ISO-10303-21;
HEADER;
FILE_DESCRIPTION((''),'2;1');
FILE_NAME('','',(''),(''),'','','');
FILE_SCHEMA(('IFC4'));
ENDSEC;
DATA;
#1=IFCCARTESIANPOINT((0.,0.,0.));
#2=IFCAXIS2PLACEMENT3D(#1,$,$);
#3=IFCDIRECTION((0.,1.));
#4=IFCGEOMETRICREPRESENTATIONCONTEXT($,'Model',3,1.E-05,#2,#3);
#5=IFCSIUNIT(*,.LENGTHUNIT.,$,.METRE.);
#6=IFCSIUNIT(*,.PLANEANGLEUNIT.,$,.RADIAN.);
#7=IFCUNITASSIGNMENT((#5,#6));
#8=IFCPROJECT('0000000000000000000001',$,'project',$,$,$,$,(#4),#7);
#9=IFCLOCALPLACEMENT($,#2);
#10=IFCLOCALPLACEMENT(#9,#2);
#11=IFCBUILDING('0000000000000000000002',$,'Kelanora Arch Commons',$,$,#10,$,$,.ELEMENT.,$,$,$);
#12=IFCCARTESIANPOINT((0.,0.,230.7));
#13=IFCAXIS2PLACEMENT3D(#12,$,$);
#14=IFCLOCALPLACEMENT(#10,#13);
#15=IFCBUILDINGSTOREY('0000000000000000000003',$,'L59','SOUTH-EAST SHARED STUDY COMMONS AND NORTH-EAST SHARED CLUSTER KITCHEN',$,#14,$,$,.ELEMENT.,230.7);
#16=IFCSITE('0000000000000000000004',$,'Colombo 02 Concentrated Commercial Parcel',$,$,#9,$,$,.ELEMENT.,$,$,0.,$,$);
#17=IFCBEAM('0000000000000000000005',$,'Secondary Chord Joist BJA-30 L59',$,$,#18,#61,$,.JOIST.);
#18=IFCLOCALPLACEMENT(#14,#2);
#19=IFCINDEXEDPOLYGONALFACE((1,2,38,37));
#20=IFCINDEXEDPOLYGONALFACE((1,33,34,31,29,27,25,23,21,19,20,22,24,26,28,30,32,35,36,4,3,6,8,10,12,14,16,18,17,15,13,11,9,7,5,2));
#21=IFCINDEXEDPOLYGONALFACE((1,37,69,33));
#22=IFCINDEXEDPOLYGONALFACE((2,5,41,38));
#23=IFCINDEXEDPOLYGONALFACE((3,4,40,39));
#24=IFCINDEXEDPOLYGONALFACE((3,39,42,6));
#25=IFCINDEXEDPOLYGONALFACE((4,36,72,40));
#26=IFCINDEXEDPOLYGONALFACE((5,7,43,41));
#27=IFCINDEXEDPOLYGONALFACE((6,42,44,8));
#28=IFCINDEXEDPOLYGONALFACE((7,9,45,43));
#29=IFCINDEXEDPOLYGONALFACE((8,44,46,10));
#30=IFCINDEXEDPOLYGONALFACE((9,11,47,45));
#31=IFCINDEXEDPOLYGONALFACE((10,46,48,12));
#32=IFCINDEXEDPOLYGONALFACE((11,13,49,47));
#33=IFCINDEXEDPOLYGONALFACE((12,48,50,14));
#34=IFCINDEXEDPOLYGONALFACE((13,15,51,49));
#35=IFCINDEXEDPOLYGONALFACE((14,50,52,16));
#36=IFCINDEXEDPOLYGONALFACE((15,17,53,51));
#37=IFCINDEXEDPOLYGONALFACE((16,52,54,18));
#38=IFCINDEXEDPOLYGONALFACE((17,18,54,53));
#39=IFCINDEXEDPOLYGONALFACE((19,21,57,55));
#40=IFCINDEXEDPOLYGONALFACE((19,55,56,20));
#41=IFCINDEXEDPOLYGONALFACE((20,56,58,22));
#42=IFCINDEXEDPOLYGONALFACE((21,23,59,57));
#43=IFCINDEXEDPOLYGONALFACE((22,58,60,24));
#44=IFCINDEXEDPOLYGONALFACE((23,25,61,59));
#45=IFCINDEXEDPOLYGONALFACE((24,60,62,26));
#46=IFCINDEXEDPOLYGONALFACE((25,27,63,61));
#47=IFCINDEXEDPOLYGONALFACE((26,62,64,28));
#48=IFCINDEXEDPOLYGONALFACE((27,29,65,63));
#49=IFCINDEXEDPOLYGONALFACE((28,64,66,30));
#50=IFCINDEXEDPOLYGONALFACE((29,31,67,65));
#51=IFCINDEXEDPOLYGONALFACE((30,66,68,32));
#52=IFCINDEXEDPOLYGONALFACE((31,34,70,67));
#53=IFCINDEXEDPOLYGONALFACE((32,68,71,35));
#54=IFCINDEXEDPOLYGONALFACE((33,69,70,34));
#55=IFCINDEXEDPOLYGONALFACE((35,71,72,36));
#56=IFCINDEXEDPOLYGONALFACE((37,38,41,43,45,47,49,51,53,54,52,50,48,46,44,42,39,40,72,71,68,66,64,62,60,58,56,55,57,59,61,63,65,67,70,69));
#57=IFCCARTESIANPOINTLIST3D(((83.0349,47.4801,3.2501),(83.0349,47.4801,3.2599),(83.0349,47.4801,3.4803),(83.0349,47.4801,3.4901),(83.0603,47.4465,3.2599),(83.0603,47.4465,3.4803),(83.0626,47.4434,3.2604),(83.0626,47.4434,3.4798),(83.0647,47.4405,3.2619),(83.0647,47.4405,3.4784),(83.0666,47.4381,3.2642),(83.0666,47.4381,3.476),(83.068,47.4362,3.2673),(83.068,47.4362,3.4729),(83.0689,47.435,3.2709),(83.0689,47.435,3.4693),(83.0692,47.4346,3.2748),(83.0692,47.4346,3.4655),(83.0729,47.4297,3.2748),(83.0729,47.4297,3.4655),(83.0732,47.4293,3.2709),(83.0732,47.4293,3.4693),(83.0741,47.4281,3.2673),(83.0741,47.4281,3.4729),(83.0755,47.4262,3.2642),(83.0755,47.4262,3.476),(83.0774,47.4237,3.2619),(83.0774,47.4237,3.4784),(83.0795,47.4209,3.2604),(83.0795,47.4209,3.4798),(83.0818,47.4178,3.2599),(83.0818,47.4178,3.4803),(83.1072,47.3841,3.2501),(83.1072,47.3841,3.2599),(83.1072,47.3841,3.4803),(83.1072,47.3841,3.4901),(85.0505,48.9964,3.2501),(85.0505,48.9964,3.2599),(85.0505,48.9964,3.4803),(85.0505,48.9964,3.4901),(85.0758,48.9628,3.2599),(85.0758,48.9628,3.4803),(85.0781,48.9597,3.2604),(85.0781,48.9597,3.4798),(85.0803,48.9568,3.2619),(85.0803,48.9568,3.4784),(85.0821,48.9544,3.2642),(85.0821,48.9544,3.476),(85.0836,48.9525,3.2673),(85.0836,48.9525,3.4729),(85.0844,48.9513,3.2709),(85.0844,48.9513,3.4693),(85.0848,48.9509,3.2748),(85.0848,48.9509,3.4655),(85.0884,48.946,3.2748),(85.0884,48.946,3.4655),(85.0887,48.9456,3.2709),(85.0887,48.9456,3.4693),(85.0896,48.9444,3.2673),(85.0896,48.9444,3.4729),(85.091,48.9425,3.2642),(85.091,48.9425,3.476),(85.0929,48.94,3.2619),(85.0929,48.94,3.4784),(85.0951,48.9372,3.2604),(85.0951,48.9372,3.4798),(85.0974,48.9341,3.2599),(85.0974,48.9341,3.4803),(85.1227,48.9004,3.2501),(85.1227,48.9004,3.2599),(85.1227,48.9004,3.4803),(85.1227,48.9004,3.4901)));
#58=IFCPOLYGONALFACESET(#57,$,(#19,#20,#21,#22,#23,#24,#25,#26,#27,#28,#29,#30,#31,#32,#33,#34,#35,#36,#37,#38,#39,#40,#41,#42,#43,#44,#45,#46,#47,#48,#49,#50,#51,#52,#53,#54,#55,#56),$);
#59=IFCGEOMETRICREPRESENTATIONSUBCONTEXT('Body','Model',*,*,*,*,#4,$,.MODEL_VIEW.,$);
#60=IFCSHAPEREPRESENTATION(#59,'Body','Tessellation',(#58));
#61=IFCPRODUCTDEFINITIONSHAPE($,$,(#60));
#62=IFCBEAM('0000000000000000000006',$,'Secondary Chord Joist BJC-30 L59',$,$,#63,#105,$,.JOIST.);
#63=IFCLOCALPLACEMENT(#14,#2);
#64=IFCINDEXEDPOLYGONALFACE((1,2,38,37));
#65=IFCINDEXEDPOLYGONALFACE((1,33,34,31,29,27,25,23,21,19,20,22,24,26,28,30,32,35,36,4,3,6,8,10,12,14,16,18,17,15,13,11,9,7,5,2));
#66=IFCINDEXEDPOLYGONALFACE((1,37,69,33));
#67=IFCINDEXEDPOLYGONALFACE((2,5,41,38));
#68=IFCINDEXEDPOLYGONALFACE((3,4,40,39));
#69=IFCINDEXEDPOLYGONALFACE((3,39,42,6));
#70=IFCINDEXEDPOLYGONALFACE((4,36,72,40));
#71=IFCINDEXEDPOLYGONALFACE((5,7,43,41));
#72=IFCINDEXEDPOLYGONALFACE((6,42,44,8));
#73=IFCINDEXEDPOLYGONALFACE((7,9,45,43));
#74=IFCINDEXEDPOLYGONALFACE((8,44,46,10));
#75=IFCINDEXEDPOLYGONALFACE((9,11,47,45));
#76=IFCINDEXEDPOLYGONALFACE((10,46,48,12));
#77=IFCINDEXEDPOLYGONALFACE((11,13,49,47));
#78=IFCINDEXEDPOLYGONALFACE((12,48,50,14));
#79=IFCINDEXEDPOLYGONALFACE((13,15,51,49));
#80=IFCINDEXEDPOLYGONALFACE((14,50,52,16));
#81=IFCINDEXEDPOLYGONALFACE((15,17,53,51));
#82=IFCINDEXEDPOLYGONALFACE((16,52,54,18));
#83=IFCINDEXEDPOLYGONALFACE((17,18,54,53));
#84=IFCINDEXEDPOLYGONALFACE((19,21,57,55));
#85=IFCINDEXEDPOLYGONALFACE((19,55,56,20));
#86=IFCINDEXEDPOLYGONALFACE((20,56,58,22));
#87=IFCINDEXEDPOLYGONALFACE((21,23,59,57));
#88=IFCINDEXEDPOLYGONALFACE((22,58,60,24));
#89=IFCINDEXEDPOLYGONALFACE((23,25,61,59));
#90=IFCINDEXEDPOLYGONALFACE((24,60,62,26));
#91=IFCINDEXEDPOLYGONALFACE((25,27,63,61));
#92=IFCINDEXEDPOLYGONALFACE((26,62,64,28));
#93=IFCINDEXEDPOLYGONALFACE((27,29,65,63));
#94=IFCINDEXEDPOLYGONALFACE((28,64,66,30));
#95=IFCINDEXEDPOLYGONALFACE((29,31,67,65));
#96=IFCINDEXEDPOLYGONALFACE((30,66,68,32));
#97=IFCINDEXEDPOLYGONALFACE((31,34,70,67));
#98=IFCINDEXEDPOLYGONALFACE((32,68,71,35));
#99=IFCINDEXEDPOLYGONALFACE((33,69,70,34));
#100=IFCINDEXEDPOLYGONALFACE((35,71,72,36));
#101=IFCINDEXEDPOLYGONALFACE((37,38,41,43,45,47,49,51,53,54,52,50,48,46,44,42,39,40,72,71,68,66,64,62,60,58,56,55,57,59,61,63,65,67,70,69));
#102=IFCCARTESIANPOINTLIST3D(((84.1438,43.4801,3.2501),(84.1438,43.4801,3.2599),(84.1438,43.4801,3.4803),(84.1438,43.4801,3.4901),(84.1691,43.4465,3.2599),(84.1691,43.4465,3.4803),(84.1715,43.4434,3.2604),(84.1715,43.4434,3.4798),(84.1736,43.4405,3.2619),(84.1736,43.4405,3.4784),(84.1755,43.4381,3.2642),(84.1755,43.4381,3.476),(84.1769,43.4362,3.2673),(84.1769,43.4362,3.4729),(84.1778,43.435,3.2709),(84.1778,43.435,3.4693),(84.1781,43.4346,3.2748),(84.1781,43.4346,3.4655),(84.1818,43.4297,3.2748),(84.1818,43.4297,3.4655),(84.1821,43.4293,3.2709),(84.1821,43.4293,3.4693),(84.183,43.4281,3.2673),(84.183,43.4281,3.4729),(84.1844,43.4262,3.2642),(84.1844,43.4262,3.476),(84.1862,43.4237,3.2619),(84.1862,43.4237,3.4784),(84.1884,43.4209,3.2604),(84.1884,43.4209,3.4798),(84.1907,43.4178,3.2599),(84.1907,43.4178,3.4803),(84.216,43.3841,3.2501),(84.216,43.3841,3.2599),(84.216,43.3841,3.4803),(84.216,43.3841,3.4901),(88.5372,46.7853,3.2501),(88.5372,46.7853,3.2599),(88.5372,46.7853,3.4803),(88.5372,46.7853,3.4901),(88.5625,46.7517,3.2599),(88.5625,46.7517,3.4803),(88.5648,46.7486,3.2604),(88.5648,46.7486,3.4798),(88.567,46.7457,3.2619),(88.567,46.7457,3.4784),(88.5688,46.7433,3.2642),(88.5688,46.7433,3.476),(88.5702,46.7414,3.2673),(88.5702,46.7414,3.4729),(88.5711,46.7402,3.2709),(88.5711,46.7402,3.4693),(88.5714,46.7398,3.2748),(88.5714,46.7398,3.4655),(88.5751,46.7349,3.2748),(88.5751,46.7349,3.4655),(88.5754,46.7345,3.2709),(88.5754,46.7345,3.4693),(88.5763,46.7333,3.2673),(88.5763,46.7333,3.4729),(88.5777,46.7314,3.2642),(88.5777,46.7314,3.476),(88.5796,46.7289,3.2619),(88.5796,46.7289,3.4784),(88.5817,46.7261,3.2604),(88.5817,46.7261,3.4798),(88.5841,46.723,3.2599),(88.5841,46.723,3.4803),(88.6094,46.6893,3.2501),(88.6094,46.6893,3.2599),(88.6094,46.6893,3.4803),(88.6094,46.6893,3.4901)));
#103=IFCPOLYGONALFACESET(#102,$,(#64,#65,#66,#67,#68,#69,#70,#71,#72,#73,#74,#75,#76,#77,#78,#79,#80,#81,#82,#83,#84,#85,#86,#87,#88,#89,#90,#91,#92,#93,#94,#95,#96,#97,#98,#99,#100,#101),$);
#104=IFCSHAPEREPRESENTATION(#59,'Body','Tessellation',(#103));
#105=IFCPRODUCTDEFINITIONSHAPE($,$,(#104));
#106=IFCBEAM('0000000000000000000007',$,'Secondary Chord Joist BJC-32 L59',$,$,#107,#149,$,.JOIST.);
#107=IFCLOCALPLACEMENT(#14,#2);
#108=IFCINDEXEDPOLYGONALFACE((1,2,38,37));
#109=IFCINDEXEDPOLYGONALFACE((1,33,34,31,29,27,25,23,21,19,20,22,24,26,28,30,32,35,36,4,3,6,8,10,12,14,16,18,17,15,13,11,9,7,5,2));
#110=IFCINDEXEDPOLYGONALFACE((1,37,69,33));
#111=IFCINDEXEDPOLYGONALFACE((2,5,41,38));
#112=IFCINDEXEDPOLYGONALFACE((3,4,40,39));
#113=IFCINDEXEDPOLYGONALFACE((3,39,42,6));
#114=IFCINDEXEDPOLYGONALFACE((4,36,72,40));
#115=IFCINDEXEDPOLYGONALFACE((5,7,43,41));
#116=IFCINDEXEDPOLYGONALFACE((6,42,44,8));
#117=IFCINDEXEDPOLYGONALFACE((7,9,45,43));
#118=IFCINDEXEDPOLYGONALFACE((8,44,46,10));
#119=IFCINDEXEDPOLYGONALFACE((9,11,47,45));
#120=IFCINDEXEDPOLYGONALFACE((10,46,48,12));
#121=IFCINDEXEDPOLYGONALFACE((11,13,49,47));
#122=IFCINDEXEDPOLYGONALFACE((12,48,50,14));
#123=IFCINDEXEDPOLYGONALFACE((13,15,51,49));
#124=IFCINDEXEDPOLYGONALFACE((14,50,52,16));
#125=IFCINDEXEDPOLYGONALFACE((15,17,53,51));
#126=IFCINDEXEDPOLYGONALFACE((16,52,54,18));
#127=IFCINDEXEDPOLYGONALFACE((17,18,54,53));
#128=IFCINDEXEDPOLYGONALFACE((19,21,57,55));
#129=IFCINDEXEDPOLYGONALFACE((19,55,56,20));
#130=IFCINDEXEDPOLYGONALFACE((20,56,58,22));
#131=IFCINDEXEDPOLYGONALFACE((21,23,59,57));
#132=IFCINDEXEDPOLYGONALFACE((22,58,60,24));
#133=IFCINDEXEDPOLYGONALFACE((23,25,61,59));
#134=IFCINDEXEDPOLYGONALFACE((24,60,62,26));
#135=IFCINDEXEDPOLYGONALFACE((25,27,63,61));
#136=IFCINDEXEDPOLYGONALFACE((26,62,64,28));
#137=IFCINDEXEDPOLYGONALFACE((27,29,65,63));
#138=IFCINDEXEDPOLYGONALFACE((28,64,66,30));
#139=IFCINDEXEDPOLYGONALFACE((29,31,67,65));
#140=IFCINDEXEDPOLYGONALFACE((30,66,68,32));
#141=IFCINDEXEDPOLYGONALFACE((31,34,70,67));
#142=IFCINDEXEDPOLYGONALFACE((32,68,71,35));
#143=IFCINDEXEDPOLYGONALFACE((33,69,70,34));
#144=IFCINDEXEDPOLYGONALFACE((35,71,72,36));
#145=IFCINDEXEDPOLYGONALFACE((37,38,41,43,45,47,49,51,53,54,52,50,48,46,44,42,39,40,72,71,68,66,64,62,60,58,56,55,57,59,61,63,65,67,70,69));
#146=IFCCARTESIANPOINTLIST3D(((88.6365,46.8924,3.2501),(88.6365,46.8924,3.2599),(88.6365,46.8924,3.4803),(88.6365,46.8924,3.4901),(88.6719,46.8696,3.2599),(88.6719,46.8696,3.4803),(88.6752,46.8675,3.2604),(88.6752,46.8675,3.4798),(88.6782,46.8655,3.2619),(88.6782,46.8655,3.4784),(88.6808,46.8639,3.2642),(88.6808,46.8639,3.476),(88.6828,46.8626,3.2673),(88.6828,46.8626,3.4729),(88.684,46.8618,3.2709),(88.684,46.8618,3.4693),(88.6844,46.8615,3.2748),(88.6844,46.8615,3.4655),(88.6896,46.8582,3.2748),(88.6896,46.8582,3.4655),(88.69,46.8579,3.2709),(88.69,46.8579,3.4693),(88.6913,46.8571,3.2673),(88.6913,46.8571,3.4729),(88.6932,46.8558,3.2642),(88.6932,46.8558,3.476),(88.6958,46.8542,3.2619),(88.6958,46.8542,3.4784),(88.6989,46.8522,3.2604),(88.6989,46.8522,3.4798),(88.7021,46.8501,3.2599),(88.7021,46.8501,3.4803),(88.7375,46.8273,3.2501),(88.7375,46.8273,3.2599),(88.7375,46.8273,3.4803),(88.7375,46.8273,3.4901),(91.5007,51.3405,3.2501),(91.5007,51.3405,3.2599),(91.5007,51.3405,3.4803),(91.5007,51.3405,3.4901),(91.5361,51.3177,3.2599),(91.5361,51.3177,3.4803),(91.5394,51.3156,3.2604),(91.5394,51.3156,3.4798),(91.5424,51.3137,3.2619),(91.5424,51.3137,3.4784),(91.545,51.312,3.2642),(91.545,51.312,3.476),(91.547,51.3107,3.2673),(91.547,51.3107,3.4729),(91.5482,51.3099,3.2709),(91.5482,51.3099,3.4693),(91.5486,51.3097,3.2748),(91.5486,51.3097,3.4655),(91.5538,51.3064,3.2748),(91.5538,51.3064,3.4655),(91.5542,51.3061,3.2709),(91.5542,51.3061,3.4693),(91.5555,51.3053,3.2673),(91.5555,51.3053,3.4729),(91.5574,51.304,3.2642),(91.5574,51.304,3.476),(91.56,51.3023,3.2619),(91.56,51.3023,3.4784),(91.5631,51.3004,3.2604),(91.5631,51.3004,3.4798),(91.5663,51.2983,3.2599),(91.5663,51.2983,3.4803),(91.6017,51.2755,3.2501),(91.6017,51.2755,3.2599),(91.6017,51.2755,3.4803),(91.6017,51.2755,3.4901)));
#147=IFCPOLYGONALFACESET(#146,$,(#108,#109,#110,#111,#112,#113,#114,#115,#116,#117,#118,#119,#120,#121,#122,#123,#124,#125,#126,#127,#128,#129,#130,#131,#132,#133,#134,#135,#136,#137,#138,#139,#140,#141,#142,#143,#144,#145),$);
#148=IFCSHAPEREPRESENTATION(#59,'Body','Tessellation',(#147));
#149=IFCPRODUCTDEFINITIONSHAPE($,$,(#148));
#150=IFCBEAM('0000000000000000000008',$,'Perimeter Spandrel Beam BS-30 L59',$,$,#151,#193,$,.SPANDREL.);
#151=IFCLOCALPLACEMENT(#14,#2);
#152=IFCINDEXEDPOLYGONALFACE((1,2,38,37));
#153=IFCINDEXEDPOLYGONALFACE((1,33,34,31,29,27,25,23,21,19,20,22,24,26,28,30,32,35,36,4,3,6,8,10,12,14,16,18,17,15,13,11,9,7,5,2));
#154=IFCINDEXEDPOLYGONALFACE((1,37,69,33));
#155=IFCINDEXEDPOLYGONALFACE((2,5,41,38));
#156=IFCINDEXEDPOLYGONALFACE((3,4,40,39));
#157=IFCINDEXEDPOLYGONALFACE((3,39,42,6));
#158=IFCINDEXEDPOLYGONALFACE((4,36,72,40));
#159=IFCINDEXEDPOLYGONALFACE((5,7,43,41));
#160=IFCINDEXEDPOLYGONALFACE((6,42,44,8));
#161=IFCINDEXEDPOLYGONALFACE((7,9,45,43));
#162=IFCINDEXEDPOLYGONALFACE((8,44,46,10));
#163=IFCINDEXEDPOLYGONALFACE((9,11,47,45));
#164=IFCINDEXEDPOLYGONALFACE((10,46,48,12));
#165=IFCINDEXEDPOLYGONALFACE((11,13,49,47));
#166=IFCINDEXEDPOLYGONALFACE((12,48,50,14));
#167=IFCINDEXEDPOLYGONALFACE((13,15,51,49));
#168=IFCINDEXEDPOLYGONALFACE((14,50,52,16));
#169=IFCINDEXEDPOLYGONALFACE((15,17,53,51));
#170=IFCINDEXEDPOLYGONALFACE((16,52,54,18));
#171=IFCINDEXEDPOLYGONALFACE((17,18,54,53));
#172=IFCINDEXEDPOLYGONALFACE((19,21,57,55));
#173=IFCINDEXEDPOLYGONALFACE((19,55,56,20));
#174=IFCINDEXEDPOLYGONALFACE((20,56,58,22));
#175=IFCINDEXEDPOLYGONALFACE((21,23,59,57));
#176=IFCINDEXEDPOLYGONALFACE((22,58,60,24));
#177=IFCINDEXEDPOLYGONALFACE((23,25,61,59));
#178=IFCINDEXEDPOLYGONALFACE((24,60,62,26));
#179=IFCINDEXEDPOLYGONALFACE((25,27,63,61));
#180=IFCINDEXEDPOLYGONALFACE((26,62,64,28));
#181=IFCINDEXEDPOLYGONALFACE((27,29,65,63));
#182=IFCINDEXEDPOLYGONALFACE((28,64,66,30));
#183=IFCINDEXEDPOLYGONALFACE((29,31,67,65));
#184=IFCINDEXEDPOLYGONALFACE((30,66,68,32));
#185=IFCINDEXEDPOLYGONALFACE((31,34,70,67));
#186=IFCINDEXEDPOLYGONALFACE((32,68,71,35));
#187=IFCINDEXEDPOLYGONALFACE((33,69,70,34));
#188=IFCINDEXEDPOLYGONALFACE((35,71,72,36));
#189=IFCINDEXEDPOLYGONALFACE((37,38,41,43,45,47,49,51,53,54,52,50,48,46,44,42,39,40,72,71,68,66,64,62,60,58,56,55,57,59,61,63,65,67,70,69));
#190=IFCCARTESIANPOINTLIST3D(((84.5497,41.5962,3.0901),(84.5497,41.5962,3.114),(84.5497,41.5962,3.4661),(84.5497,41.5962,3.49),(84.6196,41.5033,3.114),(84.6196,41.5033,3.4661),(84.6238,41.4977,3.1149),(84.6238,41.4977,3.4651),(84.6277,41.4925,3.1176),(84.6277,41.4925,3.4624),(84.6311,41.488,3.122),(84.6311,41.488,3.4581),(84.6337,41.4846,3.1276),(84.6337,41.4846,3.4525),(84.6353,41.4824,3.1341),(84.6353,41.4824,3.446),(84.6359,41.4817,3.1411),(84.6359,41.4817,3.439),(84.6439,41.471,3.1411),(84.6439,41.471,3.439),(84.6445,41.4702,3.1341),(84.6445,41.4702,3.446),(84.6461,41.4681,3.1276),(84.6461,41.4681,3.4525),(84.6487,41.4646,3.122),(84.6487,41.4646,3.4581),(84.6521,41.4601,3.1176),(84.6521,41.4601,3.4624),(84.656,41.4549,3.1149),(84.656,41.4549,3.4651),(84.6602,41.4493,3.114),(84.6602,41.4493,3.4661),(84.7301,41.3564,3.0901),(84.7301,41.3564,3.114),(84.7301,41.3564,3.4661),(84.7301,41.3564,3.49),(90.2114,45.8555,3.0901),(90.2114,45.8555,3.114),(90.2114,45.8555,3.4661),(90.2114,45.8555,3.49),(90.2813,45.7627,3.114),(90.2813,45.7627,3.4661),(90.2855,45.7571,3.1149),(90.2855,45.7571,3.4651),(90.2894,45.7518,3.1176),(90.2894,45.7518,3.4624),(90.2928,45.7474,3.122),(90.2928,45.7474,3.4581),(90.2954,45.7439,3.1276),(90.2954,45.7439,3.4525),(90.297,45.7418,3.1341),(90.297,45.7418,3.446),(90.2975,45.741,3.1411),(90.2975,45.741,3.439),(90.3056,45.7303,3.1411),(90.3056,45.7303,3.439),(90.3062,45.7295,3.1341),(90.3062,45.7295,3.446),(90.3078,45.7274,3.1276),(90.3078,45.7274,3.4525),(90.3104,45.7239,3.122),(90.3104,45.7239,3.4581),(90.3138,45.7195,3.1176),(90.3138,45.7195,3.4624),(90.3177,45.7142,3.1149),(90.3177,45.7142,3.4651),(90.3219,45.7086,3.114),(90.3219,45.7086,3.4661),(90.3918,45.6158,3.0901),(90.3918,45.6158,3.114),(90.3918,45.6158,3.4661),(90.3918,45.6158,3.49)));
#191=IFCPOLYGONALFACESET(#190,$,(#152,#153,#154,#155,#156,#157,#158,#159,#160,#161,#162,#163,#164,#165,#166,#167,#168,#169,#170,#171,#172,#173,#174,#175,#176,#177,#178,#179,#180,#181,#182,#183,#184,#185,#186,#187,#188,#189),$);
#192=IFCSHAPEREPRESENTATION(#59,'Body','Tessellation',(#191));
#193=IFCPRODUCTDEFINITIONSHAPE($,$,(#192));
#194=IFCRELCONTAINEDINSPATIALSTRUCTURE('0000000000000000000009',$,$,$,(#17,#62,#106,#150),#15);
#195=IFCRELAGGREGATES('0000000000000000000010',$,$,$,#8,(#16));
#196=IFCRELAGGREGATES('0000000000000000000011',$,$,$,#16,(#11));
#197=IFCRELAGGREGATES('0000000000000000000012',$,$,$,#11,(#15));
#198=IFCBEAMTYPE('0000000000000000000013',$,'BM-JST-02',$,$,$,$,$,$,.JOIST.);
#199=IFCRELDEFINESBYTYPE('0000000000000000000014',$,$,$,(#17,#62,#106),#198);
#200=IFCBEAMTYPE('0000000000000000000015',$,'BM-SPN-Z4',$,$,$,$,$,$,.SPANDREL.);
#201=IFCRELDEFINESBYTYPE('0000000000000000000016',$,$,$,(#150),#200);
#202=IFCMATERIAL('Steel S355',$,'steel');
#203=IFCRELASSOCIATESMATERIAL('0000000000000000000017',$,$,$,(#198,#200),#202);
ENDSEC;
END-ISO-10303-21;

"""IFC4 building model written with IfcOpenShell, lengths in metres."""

from ifc_helpers import new_model, si_unit, direction, frame, origin, origin_2d, place, context, subcontext, project, spatial, i_section, extrude, material, material_profile, profile_set, type_object, element, save


model = new_model("IFC4")

# Units and contexts
model_context = context("Model", 3, precision=1e-05, world=origin(), true_north=direction((0.0, 1.0)))
body_context = subcontext(model_context, "Body", "Model", "MODEL_VIEW")
ifc_project = project(units=[si_unit("LENGTHUNIT", "METRE"), si_unit("PLANEANGLEUNIT", "RADIAN")], contexts=[model_context])

# Site, building, storey
site_placement = place(None, origin())
site = spatial("IfcSite", under=ifc_project, at=site_placement, Name="Colombo 02 Concentrated Commercial Parcel", CompositionType="ELEMENT", RefElevation=0.0)
building_placement = place(site_placement, origin())
building = spatial("IfcBuilding", under=site, at=building_placement, Name="Kelanora Arch Commons", CompositionType="ELEMENT")
storey_placement = place(building_placement, frame((0.0, 0.0, 230.7)))
storey = spatial("IfcBuildingStorey", under=building, at=storey_placement, Name="L59", Description="SOUTH-EAST SHARED STUDY COMMONS AND NORTH-EAST SHARED CLUSTER KITCHEN", CompositionType="ELEMENT", Elevation=230.7)

# Beams
ifc_material_1 = material(Name="Steel S355", Category="steel")
ifc_material_profile_1 = material_profile(ifc_material_1, i_section(OverallWidth=0.1201, OverallDepth=0.24, WebThickness=0.0061, FlangeThickness=0.0098, FilletRadius=0.0149, at=origin_2d()), Name="IPE240")
ifc_profile_set_1 = profile_set([ifc_material_profile_1], Name="Steel S355")
beam_type_1 = type_object("IfcBeamType", Name="BM-JST-02", PredefinedType="JOIST", material=ifc_profile_set_1)
beam_1_placement = place(storey_placement, frame((83.071, 47.4321, 3.3701), z_axis=(0.799116, 0.601176, 0.0), x_axis=(-0.601176, 0.799116, 0.0)))
element("IfcBeam", 1, at=beam_1_placement, inside=storey, type_object=beam_type_1, Name="Secondary Chord Joist BJA-30 L59", PredefinedType="JOIST", context=body_context, shape_type="SweptSolid", body=[
    extrude(i_section(OverallWidth=0.1201, OverallDepth=0.24, WebThickness=0.0061, FlangeThickness=0.0098, FilletRadius=0.0149, at=origin_2d()), origin(), (0.0, 0.0, 1.0), 2.5222),
])
beam_2_placement = place(storey_placement, frame((84.1799, 43.4321, 3.3701), z_axis=(0.799109, 0.601186, 0.0), x_axis=(-0.601186, 0.799109, 0.0)))
element("IfcBeam", 2, at=beam_2_placement, inside=storey, type_object=beam_type_1, Name="Secondary Chord Joist BJC-30 L59", PredefinedType="JOIST", context=body_context, shape_type="SweptSolid", body=[
    extrude(i_section(OverallWidth=0.1201, OverallDepth=0.24, WebThickness=0.0061, FlangeThickness=0.0098, FilletRadius=0.0149, at=origin_2d()), origin(), (0.0, 0.0, 1.0), 5.4978),
])
beam_3_placement = place(storey_placement, frame((88.687, 46.8599, 3.3701), z_axis=(0.541382, 0.840776, 0.0), x_axis=(-0.840776, 0.541382, 0.0)))
element("IfcBeam", 3, at=beam_3_placement, inside=storey, type_object=beam_type_1, Name="Secondary Chord Joist BJC-32 L59", PredefinedType="JOIST", context=body_context, shape_type="SweptSolid", body=[
    extrude(i_section(OverallWidth=0.1201, OverallDepth=0.24, WebThickness=0.0061, FlangeThickness=0.0098, FilletRadius=0.0149, at=origin_2d()), origin(), (0.0, 0.0, 1.0), 5.2905),
])
ifc_material_profile_2 = material_profile(ifc_material_1, i_section(OverallWidth=0.3, OverallDepth=0.3999, WebThickness=0.0134, FlangeThickness=0.0239, FilletRadius=0.0271, at=origin_2d()), Name="HEB400")
ifc_profile_set_2 = profile_set([ifc_material_profile_2], Name="Steel S355")
beam_type_2 = type_object("IfcBeamType", Name="BM-SPN-Z4", PredefinedType="SPANDREL", material=ifc_profile_set_2)
beam_4_placement = place(storey_placement, frame((84.6399, 41.4763, 3.29), z_axis=(0.799114, 0.601179, 0.0), x_axis=(-0.601179, 0.799114, 0.0)))
element("IfcBeam", 4, at=beam_4_placement, inside=storey, type_object=beam_type_2, Name="Perimeter Spandrel Beam BS-30 L59", PredefinedType="SPANDREL", context=body_context, shape_type="SweptSolid", body=[
    extrude(i_section(OverallWidth=0.3, OverallDepth=0.3999, WebThickness=0.0134, FlangeThickness=0.0239, FilletRadius=0.0271, at=origin_2d()), origin(), (0.0, 0.0, 1.0), 7.085),
])

save(model, "model.ifc")
